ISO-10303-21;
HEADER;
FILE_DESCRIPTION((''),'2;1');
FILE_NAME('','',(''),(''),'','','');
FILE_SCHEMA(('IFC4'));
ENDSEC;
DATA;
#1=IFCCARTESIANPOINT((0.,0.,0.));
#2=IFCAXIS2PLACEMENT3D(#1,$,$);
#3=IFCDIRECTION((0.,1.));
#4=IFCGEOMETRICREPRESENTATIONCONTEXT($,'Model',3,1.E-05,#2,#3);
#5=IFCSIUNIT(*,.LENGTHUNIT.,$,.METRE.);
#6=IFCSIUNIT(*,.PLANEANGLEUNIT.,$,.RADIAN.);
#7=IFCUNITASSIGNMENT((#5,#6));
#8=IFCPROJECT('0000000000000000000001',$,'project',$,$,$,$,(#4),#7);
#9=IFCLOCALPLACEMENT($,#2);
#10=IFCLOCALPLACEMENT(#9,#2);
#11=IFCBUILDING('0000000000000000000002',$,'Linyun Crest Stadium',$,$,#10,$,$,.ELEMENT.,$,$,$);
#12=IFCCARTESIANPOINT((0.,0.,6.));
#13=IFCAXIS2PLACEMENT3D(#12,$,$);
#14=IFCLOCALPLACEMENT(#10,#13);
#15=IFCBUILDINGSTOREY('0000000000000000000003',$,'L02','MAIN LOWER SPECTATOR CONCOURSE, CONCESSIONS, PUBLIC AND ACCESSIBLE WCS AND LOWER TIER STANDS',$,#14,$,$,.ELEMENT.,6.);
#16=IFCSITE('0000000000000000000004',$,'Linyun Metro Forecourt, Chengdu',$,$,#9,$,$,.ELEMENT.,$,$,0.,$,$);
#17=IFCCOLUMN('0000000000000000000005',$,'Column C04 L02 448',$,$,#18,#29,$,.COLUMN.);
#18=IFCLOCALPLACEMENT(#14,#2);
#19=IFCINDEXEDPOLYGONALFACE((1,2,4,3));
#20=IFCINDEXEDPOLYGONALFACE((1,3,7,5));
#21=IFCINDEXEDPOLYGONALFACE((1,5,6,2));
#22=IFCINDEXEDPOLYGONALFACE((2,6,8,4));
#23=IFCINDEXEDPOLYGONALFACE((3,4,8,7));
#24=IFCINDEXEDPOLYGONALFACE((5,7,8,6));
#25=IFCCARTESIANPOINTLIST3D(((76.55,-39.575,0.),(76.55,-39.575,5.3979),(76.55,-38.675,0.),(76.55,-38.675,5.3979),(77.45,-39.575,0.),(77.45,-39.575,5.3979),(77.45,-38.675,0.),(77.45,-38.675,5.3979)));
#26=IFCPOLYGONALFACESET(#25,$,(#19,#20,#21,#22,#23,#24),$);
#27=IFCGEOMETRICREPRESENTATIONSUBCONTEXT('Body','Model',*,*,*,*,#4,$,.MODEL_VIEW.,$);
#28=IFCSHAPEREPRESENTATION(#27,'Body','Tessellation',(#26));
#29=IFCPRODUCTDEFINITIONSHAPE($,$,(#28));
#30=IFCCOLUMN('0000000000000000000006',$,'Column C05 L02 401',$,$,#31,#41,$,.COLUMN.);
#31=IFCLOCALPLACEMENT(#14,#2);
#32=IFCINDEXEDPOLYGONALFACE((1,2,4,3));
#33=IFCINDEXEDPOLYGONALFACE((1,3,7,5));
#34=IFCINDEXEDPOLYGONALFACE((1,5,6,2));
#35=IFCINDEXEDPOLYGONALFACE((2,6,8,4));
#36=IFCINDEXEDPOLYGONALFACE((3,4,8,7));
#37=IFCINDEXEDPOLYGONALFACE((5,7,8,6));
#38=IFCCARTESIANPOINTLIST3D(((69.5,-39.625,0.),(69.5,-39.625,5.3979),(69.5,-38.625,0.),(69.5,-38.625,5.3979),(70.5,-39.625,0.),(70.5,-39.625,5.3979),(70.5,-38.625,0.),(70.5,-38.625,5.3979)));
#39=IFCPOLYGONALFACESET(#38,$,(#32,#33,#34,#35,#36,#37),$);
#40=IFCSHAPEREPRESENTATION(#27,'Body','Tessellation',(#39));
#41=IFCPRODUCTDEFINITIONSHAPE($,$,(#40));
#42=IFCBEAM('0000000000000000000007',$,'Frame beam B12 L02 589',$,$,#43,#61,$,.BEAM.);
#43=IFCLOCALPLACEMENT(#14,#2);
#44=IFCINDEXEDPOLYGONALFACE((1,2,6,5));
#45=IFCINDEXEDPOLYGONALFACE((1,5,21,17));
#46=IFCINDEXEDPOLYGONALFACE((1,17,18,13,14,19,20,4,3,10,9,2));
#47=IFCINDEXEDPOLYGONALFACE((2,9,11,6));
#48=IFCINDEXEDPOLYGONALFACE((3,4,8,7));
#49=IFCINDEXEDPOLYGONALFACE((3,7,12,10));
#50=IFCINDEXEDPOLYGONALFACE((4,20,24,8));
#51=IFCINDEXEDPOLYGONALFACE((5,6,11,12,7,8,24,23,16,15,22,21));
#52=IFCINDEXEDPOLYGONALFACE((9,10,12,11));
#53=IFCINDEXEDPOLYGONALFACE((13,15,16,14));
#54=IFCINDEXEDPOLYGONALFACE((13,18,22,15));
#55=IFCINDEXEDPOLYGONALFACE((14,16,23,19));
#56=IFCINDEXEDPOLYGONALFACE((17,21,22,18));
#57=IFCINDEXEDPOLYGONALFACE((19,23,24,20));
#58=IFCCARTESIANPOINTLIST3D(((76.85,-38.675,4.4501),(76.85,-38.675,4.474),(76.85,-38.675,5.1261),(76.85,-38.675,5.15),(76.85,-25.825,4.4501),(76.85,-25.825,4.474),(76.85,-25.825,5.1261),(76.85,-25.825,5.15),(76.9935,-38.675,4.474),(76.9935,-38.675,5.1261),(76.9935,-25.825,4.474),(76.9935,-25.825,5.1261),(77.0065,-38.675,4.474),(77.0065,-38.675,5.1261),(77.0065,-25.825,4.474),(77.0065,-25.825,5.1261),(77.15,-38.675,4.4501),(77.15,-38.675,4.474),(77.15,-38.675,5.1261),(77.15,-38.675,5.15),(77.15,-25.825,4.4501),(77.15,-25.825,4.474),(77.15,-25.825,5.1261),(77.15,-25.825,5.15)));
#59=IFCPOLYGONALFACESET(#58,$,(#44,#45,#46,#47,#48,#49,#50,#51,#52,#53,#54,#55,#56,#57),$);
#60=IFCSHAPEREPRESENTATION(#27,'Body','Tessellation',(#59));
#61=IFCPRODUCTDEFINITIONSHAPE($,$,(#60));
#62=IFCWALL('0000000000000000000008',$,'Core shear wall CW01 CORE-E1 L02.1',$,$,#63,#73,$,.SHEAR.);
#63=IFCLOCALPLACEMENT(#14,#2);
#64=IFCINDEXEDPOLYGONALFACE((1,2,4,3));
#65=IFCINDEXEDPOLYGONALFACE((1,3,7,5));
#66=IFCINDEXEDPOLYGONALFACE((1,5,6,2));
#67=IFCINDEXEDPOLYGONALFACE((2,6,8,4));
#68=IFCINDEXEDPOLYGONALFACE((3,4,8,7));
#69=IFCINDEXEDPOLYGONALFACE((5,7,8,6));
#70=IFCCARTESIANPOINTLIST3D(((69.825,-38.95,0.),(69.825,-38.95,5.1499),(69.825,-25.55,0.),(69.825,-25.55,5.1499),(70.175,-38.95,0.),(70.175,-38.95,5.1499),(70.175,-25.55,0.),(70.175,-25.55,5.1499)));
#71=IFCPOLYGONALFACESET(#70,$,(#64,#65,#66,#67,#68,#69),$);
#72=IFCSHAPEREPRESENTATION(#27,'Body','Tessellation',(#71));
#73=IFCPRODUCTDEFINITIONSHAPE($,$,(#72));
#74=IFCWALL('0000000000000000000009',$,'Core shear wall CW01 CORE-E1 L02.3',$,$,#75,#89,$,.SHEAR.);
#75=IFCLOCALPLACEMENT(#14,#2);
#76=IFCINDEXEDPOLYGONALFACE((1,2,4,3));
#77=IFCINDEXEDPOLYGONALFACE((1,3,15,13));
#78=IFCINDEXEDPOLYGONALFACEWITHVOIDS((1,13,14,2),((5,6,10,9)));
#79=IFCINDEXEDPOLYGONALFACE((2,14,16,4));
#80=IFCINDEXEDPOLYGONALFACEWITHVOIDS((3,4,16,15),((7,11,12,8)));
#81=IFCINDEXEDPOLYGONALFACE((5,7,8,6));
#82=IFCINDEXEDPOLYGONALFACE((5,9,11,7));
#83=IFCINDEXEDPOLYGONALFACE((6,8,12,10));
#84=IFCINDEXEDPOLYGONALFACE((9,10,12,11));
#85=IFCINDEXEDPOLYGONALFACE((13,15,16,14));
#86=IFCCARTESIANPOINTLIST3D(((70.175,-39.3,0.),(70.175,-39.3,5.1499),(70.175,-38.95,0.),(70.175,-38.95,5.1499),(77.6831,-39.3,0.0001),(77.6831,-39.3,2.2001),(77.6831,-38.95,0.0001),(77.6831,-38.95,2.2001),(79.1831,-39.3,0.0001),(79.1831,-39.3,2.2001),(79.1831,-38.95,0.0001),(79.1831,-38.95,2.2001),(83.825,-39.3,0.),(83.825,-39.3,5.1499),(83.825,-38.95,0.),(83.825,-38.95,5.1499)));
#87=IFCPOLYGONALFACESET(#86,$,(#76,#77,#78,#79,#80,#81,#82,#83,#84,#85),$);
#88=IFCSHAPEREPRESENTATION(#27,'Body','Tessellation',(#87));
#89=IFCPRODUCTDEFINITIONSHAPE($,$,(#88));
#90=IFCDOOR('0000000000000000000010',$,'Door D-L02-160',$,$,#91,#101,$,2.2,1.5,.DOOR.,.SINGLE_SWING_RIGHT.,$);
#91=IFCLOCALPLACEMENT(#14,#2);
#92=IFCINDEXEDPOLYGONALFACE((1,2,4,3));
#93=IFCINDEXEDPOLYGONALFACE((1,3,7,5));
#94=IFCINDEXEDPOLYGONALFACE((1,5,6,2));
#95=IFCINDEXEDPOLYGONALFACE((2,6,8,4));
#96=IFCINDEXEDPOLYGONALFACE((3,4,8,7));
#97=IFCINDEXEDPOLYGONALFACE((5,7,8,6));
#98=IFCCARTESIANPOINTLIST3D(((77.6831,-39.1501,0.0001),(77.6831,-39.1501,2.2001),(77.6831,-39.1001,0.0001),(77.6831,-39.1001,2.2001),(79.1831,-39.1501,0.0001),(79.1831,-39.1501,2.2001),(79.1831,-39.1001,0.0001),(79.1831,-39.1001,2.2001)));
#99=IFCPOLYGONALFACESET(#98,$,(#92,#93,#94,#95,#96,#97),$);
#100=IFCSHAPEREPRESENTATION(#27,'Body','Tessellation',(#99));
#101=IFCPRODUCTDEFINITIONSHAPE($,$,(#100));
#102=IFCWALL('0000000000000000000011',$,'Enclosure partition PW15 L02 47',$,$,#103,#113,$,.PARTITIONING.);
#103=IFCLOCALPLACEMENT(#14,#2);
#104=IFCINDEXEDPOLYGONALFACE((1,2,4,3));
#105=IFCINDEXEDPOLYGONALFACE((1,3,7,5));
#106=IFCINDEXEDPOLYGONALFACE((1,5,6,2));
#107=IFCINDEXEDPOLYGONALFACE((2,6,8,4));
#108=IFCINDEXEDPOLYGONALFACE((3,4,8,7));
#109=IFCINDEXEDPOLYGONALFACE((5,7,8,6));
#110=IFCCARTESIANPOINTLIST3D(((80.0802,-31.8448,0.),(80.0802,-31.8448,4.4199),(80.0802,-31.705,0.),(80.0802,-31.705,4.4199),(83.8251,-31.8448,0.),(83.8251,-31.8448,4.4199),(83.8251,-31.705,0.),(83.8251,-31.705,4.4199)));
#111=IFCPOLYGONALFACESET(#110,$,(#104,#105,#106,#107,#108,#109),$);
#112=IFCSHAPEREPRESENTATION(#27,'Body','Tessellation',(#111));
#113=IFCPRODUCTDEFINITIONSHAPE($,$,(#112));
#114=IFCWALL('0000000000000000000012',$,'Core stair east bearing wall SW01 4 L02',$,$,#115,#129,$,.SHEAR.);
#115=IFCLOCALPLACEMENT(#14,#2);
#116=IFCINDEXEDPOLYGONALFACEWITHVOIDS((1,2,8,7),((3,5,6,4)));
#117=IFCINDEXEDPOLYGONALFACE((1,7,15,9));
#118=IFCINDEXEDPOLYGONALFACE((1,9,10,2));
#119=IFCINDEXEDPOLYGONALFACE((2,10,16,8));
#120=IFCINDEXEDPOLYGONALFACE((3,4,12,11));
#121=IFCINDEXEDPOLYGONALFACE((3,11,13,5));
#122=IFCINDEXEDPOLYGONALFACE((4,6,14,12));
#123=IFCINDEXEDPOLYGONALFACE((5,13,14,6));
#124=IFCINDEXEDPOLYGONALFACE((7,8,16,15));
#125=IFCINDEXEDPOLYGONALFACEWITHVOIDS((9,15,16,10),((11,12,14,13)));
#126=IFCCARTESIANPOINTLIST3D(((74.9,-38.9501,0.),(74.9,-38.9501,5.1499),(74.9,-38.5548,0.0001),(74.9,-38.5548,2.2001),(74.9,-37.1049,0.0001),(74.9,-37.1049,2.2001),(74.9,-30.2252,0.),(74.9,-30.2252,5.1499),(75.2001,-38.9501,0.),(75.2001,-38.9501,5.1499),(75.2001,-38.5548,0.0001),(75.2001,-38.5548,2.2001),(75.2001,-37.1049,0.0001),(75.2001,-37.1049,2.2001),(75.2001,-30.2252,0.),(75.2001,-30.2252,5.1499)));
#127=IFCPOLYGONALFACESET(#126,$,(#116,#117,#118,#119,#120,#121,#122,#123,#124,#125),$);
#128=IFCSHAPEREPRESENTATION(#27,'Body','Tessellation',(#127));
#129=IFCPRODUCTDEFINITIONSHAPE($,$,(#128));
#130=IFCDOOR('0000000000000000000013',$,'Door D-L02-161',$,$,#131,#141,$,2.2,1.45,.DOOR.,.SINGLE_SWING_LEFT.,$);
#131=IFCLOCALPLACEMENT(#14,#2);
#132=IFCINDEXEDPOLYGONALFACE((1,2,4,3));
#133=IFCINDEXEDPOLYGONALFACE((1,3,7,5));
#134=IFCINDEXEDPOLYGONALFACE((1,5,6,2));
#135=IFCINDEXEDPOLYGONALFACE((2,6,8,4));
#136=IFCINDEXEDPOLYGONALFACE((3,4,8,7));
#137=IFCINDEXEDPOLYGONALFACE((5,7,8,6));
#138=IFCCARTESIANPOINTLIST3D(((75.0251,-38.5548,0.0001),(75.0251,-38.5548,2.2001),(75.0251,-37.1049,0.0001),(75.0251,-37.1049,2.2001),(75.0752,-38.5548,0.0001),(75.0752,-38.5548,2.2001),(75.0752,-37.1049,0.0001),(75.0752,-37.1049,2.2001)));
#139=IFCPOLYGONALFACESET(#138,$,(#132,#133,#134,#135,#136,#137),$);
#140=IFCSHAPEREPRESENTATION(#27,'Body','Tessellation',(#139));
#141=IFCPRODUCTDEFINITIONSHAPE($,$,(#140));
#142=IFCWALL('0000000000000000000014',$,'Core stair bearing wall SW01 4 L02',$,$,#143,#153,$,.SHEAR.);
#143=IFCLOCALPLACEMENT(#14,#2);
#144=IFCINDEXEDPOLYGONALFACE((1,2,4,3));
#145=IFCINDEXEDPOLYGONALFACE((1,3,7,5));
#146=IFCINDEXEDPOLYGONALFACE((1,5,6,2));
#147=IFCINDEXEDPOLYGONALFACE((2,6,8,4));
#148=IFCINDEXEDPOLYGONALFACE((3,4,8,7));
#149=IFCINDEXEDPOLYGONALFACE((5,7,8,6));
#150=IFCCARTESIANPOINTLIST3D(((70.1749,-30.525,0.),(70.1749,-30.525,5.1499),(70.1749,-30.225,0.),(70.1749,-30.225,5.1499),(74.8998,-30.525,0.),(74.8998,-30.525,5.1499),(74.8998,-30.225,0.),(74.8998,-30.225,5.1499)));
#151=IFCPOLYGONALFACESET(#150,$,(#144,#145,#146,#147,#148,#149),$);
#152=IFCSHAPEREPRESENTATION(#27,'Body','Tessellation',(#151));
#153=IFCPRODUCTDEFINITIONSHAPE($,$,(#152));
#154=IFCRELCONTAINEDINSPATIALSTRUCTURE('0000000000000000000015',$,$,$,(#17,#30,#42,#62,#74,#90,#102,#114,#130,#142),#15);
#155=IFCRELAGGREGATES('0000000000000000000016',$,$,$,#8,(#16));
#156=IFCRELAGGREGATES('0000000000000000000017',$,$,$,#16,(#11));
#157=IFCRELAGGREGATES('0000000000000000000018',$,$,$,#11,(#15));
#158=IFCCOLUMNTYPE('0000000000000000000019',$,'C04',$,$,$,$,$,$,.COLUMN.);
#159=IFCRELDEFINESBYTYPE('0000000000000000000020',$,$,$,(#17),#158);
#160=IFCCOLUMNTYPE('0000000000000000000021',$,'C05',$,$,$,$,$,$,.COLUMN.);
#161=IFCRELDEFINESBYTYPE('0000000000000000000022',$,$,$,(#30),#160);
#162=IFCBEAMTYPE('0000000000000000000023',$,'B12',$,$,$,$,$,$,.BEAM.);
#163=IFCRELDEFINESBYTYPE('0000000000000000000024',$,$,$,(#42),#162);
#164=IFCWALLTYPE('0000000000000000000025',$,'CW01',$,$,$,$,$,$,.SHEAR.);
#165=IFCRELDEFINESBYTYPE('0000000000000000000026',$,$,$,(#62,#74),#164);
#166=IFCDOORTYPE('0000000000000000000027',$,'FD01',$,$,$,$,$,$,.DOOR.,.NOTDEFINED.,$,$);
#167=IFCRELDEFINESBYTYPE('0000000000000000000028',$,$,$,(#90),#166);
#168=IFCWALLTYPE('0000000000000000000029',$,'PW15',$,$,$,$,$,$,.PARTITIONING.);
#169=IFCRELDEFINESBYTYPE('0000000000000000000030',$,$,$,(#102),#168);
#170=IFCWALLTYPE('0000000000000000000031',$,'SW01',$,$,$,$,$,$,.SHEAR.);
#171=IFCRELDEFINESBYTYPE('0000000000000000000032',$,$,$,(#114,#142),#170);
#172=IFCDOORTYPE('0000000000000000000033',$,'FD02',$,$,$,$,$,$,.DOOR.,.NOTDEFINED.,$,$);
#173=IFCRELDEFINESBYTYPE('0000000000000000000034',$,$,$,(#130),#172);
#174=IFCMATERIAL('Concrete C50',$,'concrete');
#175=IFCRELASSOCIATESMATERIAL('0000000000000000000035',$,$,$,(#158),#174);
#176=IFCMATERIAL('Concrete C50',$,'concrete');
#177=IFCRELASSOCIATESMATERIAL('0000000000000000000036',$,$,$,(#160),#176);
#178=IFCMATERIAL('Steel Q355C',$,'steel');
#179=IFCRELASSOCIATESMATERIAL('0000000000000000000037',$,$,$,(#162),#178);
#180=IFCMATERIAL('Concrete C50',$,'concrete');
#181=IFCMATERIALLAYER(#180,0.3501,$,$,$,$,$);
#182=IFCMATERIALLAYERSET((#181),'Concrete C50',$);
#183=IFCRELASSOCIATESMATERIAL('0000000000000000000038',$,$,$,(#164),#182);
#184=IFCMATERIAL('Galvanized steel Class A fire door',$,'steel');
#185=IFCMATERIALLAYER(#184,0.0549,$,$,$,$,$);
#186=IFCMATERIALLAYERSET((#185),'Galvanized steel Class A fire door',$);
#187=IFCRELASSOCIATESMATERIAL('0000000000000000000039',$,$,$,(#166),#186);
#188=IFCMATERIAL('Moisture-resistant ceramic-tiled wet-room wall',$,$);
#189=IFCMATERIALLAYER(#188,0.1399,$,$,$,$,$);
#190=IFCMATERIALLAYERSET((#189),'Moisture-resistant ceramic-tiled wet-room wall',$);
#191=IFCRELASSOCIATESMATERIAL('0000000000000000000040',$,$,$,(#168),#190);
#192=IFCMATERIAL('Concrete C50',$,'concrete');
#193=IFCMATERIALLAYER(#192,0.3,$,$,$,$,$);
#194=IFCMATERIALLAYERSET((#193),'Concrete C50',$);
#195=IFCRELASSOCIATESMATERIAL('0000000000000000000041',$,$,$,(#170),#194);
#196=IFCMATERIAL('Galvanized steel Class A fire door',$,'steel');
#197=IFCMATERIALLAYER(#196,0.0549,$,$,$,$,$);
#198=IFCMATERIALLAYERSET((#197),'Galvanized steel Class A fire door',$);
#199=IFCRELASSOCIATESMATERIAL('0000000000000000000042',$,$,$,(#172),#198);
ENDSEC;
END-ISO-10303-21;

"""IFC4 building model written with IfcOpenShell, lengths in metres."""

from ifc_helpers import new_model, si_unit, direction, frame, frame_2d, origin, origin_2d, place, context, subcontext, project, spatial, rectangle, i_section, extrude, material, layer, layer_set, material_profile, profile_set, type_object, element, fill, save


model = new_model("IFC4")

# Units and contexts
model_context = context("Model", 3, precision=1e-05, world=origin(), true_north=direction((0.0, 1.0)))
body_context = subcontext(model_context, "Body", "Model", "MODEL_VIEW")
ifc_project = project(units=[si_unit("LENGTHUNIT", "METRE"), si_unit("PLANEANGLEUNIT", "RADIAN")], contexts=[model_context])

# Site, building, storey
site_placement = place(None, origin())
site = spatial("IfcSite", under=ifc_project, at=site_placement, Name="Linyun Metro Forecourt, Chengdu", CompositionType="ELEMENT", RefElevation=0.0)
building_placement = place(site_placement, origin())
building = spatial("IfcBuilding", under=site, at=building_placement, Name="Linyun Crest Stadium", CompositionType="ELEMENT")
storey_placement = place(building_placement, frame((0.0, 0.0, 6.0)))
storey = spatial("IfcBuildingStorey", under=building, at=storey_placement, Name="L02", Description="MAIN LOWER SPECTATOR CONCOURSE, CONCESSIONS, PUBLIC AND ACCESSIBLE WCS AND LOWER TIER STANDS", CompositionType="ELEMENT", Elevation=6.0)

# Columns
ifc_material_1 = material(Name="Concrete C50", Category="concrete")
ifc_material_profile_1 = material_profile(ifc_material_1, rectangle(XDim=0.8999, YDim=0.8999, at=origin_2d()), Name="RC 900x900")
ifc_profile_set_1 = profile_set([ifc_material_profile_1], Name="Concrete C50")
column_type_1 = type_object("IfcColumnType", Name="C04", PredefinedType="COLUMN", material=ifc_profile_set_1)
column_1_placement = place(storey_placement, frame((77.0, -39.125, 0.0), z_axis=(0.0, 0.0, 1.0), x_axis=(1.0, 0.0, 0.0)))
element("IfcColumn", 1, at=column_1_placement, inside=storey, type_object=column_type_1, Name="Column C04 L02 448", PredefinedType="COLUMN", context=body_context, shape_type="SweptSolid", body=[
    extrude(rectangle(XDim=0.8999, YDim=0.8999, at=origin_2d()), origin(), (0.0, 0.0, 1.0), 5.3979),
])
ifc_material_2 = material(Name="Concrete C50", Category="concrete")
ifc_material_profile_2 = material_profile(ifc_material_2, rectangle(XDim=1.0, YDim=1.0, at=origin_2d()), Name="RC 1000x1000")
ifc_profile_set_2 = profile_set([ifc_material_profile_2], Name="Concrete C50")
column_type_2 = type_object("IfcColumnType", Name="C05", PredefinedType="COLUMN", material=ifc_profile_set_2)
column_2_placement = place(storey_placement, frame((70.0, -39.125, 0.0), z_axis=(0.0, 0.0, 1.0), x_axis=(1.0, 0.0, 0.0)))
element("IfcColumn", 2, at=column_2_placement, inside=storey, type_object=column_type_2, Name="Column C05 L02 401", PredefinedType="COLUMN", context=body_context, shape_type="SweptSolid", body=[
    extrude(rectangle(XDim=1.0, YDim=1.0, at=origin_2d()), origin(), (0.0, 0.0, 1.0), 5.3979),
])

# Beam
ifc_material_3 = material(Name="Steel Q355C", Category="steel")
ifc_material_profile_3 = material_profile(ifc_material_3, i_section(OverallWidth=0.3, OverallDepth=0.7, WebThickness=0.0129, FlangeThickness=0.0239, at=origin_2d()), Name="HN 700x300")
ifc_profile_set_3 = profile_set([ifc_material_profile_3], Name="Steel Q355C")
beam_type = type_object("IfcBeamType", Name="B12", PredefinedType="BEAM", material=ifc_profile_set_3)
beam_placement = place(storey_placement, frame((77.0, -38.675, 4.8), z_axis=(0.0, 1.0, 0.0), x_axis=(-1.0, 0.0, 0.0)))
element("IfcBeam", 3, at=beam_placement, inside=storey, type_object=beam_type, Name="Frame beam B12 L02 589", PredefinedType="BEAM", context=body_context, shape_type="SweptSolid", body=[
    extrude(i_section(OverallWidth=0.3, OverallDepth=0.7, WebThickness=0.0129, FlangeThickness=0.0239, at=origin_2d()), origin(), (0.0, 0.0, 1.0), 12.8501),
])

# Wall
ifc_material_4 = material(Name="Concrete C50", Category="concrete")
ifc_layer_1 = layer(ifc_material_4, 0.3501)
ifc_layer_set_1 = layer_set([ifc_layer_1], Name="Concrete C50")
wall_type_1 = type_object("IfcWallType", Name="CW01", PredefinedType="SHEAR", material=ifc_layer_set_1)
wall_1_placement = place(storey_placement, frame((70.0, -38.95, 0.0), z_axis=(0.0, 0.0, 1.0), x_axis=(0.0, 1.0, 0.0)))
element("IfcWall", 4, at=wall_1_placement, inside=storey, type_object=wall_type_1, Name="Core shear wall CW01 CORE-E1 L02.1", PredefinedType="SHEAR", context=body_context, shape_type="SweptSolid", body=[
    extrude(rectangle(XDim=13.3999, YDim=0.3501, at=frame_2d((6.7, 0.0))), origin(), (0.0, 0.0, 1.0), 5.1499),
])

# Wall, opening, door
wall_2_placement = place(storey_placement, frame((70.175, -39.125, 0.0), z_axis=(0.0, 0.0, 1.0), x_axis=(1.0, 0.0, 0.0)))
wall_2 = element("IfcWall", 5, at=wall_2_placement, inside=storey, type_object=wall_type_1, Name="Core shear wall CW01 CORE-E1 L02.3", PredefinedType="SHEAR", context=body_context, shape_type="SweptSolid", body=[
    extrude(rectangle(XDim=13.6499, YDim=0.3501, at=frame_2d((6.825, 0.0))), origin(), (0.0, 0.0, 1.0), 5.1499),
])
opening_1_placement = place(wall_2_placement, frame((7.5081, 0.0, 0.0)))
opening_1 = element("IfcOpeningElement", 6, at=opening_1_placement, cuts=wall_2, PredefinedType="OPENING", context=body_context, shape_type="SweptSolid", body=[
    extrude(rectangle(XDim=1.5, YDim=2.2, at=frame_2d((0.75, 1.1001))), frame((0.0, 0.1851, 0.0), z_axis=(0.0, -1.0, 0.0), x_axis=(1.0, 0.0, 0.0)), (0.0, 0.0, 1.0), 0.3701),
])
ifc_material_5 = material(Name="Galvanized steel Class A fire door", Category="steel")
ifc_layer_2 = layer(ifc_material_5, 0.0549)
ifc_layer_set_2 = layer_set([ifc_layer_2], Name="Galvanized steel Class A fire door")
door_type_1 = type_object("IfcDoorType", Name="FD01", OperationType="NOTDEFINED", PredefinedType="DOOR", material=ifc_layer_set_2)
door_1_placement = place(opening_1_placement, origin())
door_1 = element("IfcDoor", 7, at=door_1_placement, inside=storey, type_object=door_type_1, Name="Door D-L02-160", OperationType="SINGLE_SWING_RIGHT", OverallHeight=2.2, OverallWidth=1.5, PredefinedType="DOOR", context=body_context, shape_type="SweptSolid", body=[
    extrude(rectangle(XDim=1.5, YDim=2.2, at=frame_2d((0.75, 1.1001))), frame((0.0, 0.0249, 0.0), z_axis=(0.0, -1.0, 0.0), x_axis=(1.0, 0.0, 0.0)), (0.0, 0.0, 1.0), 0.05),
])
fill(opening_1, door_1)

# Wall
ifc_material_6 = material(Name="Moisture-resistant ceramic-tiled wet-room wall")
ifc_layer_3 = layer(ifc_material_6, 0.1399)
ifc_layer_set_3 = layer_set([ifc_layer_3], Name="Moisture-resistant ceramic-tiled wet-room wall")
wall_type_2 = type_object("IfcWallType", Name="PW15", PredefinedType="PARTITIONING", material=ifc_layer_set_3)
wall_3_placement = place(storey_placement, frame((80.0801, -31.7749, 0.0), z_axis=(0.0, 0.0, 1.0), x_axis=(1.0, 0.0, 0.0)))
element("IfcWall", 8, at=wall_3_placement, inside=storey, type_object=wall_type_2, Name="Enclosure partition PW15 L02 47", PredefinedType="PARTITIONING", context=body_context, shape_type="SweptSolid", body=[
    extrude(rectangle(XDim=3.7449, YDim=0.1399, at=frame_2d((1.8726, 0.0))), origin(), (0.0, 0.0, 1.0), 4.4199),
])

# Wall, opening, door
ifc_material_7 = material(Name="Concrete C50", Category="concrete")
ifc_layer_4 = layer(ifc_material_7, 0.3)
ifc_layer_set_4 = layer_set([ifc_layer_4], Name="Concrete C50")
wall_type_3 = type_object("IfcWallType", Name="SW01", PredefinedType="SHEAR", material=ifc_layer_set_4)
wall_4_placement = place(storey_placement, frame((75.05, -38.95, 0.0), z_axis=(0.0, 0.0, 1.0), x_axis=(0.0, 1.0, 0.0)))
wall_4 = element("IfcWall", 9, at=wall_4_placement, inside=storey, type_object=wall_type_3, Name="Core stair east bearing wall SW01 4 L02", PredefinedType="SHEAR", context=body_context, shape_type="SweptSolid", body=[
    extrude(rectangle(XDim=8.7249, YDim=0.3, at=frame_2d((4.3623, 0.0))), origin(), (0.0, 0.0, 1.0), 5.1499),
])
opening_2_placement = place(wall_4_placement, frame((0.395, 0.0, 0.0)))
opening_2 = element("IfcOpeningElement", 10, at=opening_2_placement, cuts=wall_4, PredefinedType="OPENING", context=body_context, shape_type="SweptSolid", body=[
    extrude(rectangle(XDim=1.45, YDim=2.2, at=frame_2d((0.7251, 1.1001))), frame((0.0, 0.1599, 0.0), z_axis=(0.0, -1.0, 0.0), x_axis=(1.0, 0.0, 0.0)), (0.0, 0.0, 1.0), 0.3201),
])
ifc_material_8 = material(Name="Galvanized steel Class A fire door", Category="steel")
ifc_layer_5 = layer(ifc_material_8, 0.0549)
ifc_layer_set_5 = layer_set([ifc_layer_5], Name="Galvanized steel Class A fire door")
door_type_2 = type_object("IfcDoorType", Name="FD02", OperationType="NOTDEFINED", PredefinedType="DOOR", material=ifc_layer_set_5)
door_2_placement = place(opening_2_placement, origin())
door_2 = element("IfcDoor", 11, at=door_2_placement, inside=storey, type_object=door_type_2, Name="Door D-L02-161", OperationType="SINGLE_SWING_LEFT", OverallHeight=2.2, OverallWidth=1.45, PredefinedType="DOOR", context=body_context, shape_type="SweptSolid", body=[
    extrude(rectangle(XDim=1.45, YDim=2.2, at=frame_2d((0.7251, 1.1001))), frame((0.0, 0.0249, 0.0), z_axis=(0.0, -1.0, 0.0), x_axis=(1.0, 0.0, 0.0)), (0.0, 0.0, 1.0), 0.05),
])
fill(opening_2, door_2)

# Wall
wall_5_placement = place(storey_placement, frame((70.175, -30.375, 0.0), z_axis=(0.0, 0.0, 1.0), x_axis=(1.0, 0.0, 0.0)))
element("IfcWall", 12, at=wall_5_placement, inside=storey, type_object=wall_type_3, Name="Core stair bearing wall SW01 4 L02", PredefinedType="SHEAR", context=body_context, shape_type="SweptSolid", body=[
    extrude(rectangle(XDim=4.7249, YDim=0.3, at=frame_2d((2.3623, 0.0))), origin(), (0.0, 0.0, 1.0), 5.1499),
])

save(model, "model.ifc")
